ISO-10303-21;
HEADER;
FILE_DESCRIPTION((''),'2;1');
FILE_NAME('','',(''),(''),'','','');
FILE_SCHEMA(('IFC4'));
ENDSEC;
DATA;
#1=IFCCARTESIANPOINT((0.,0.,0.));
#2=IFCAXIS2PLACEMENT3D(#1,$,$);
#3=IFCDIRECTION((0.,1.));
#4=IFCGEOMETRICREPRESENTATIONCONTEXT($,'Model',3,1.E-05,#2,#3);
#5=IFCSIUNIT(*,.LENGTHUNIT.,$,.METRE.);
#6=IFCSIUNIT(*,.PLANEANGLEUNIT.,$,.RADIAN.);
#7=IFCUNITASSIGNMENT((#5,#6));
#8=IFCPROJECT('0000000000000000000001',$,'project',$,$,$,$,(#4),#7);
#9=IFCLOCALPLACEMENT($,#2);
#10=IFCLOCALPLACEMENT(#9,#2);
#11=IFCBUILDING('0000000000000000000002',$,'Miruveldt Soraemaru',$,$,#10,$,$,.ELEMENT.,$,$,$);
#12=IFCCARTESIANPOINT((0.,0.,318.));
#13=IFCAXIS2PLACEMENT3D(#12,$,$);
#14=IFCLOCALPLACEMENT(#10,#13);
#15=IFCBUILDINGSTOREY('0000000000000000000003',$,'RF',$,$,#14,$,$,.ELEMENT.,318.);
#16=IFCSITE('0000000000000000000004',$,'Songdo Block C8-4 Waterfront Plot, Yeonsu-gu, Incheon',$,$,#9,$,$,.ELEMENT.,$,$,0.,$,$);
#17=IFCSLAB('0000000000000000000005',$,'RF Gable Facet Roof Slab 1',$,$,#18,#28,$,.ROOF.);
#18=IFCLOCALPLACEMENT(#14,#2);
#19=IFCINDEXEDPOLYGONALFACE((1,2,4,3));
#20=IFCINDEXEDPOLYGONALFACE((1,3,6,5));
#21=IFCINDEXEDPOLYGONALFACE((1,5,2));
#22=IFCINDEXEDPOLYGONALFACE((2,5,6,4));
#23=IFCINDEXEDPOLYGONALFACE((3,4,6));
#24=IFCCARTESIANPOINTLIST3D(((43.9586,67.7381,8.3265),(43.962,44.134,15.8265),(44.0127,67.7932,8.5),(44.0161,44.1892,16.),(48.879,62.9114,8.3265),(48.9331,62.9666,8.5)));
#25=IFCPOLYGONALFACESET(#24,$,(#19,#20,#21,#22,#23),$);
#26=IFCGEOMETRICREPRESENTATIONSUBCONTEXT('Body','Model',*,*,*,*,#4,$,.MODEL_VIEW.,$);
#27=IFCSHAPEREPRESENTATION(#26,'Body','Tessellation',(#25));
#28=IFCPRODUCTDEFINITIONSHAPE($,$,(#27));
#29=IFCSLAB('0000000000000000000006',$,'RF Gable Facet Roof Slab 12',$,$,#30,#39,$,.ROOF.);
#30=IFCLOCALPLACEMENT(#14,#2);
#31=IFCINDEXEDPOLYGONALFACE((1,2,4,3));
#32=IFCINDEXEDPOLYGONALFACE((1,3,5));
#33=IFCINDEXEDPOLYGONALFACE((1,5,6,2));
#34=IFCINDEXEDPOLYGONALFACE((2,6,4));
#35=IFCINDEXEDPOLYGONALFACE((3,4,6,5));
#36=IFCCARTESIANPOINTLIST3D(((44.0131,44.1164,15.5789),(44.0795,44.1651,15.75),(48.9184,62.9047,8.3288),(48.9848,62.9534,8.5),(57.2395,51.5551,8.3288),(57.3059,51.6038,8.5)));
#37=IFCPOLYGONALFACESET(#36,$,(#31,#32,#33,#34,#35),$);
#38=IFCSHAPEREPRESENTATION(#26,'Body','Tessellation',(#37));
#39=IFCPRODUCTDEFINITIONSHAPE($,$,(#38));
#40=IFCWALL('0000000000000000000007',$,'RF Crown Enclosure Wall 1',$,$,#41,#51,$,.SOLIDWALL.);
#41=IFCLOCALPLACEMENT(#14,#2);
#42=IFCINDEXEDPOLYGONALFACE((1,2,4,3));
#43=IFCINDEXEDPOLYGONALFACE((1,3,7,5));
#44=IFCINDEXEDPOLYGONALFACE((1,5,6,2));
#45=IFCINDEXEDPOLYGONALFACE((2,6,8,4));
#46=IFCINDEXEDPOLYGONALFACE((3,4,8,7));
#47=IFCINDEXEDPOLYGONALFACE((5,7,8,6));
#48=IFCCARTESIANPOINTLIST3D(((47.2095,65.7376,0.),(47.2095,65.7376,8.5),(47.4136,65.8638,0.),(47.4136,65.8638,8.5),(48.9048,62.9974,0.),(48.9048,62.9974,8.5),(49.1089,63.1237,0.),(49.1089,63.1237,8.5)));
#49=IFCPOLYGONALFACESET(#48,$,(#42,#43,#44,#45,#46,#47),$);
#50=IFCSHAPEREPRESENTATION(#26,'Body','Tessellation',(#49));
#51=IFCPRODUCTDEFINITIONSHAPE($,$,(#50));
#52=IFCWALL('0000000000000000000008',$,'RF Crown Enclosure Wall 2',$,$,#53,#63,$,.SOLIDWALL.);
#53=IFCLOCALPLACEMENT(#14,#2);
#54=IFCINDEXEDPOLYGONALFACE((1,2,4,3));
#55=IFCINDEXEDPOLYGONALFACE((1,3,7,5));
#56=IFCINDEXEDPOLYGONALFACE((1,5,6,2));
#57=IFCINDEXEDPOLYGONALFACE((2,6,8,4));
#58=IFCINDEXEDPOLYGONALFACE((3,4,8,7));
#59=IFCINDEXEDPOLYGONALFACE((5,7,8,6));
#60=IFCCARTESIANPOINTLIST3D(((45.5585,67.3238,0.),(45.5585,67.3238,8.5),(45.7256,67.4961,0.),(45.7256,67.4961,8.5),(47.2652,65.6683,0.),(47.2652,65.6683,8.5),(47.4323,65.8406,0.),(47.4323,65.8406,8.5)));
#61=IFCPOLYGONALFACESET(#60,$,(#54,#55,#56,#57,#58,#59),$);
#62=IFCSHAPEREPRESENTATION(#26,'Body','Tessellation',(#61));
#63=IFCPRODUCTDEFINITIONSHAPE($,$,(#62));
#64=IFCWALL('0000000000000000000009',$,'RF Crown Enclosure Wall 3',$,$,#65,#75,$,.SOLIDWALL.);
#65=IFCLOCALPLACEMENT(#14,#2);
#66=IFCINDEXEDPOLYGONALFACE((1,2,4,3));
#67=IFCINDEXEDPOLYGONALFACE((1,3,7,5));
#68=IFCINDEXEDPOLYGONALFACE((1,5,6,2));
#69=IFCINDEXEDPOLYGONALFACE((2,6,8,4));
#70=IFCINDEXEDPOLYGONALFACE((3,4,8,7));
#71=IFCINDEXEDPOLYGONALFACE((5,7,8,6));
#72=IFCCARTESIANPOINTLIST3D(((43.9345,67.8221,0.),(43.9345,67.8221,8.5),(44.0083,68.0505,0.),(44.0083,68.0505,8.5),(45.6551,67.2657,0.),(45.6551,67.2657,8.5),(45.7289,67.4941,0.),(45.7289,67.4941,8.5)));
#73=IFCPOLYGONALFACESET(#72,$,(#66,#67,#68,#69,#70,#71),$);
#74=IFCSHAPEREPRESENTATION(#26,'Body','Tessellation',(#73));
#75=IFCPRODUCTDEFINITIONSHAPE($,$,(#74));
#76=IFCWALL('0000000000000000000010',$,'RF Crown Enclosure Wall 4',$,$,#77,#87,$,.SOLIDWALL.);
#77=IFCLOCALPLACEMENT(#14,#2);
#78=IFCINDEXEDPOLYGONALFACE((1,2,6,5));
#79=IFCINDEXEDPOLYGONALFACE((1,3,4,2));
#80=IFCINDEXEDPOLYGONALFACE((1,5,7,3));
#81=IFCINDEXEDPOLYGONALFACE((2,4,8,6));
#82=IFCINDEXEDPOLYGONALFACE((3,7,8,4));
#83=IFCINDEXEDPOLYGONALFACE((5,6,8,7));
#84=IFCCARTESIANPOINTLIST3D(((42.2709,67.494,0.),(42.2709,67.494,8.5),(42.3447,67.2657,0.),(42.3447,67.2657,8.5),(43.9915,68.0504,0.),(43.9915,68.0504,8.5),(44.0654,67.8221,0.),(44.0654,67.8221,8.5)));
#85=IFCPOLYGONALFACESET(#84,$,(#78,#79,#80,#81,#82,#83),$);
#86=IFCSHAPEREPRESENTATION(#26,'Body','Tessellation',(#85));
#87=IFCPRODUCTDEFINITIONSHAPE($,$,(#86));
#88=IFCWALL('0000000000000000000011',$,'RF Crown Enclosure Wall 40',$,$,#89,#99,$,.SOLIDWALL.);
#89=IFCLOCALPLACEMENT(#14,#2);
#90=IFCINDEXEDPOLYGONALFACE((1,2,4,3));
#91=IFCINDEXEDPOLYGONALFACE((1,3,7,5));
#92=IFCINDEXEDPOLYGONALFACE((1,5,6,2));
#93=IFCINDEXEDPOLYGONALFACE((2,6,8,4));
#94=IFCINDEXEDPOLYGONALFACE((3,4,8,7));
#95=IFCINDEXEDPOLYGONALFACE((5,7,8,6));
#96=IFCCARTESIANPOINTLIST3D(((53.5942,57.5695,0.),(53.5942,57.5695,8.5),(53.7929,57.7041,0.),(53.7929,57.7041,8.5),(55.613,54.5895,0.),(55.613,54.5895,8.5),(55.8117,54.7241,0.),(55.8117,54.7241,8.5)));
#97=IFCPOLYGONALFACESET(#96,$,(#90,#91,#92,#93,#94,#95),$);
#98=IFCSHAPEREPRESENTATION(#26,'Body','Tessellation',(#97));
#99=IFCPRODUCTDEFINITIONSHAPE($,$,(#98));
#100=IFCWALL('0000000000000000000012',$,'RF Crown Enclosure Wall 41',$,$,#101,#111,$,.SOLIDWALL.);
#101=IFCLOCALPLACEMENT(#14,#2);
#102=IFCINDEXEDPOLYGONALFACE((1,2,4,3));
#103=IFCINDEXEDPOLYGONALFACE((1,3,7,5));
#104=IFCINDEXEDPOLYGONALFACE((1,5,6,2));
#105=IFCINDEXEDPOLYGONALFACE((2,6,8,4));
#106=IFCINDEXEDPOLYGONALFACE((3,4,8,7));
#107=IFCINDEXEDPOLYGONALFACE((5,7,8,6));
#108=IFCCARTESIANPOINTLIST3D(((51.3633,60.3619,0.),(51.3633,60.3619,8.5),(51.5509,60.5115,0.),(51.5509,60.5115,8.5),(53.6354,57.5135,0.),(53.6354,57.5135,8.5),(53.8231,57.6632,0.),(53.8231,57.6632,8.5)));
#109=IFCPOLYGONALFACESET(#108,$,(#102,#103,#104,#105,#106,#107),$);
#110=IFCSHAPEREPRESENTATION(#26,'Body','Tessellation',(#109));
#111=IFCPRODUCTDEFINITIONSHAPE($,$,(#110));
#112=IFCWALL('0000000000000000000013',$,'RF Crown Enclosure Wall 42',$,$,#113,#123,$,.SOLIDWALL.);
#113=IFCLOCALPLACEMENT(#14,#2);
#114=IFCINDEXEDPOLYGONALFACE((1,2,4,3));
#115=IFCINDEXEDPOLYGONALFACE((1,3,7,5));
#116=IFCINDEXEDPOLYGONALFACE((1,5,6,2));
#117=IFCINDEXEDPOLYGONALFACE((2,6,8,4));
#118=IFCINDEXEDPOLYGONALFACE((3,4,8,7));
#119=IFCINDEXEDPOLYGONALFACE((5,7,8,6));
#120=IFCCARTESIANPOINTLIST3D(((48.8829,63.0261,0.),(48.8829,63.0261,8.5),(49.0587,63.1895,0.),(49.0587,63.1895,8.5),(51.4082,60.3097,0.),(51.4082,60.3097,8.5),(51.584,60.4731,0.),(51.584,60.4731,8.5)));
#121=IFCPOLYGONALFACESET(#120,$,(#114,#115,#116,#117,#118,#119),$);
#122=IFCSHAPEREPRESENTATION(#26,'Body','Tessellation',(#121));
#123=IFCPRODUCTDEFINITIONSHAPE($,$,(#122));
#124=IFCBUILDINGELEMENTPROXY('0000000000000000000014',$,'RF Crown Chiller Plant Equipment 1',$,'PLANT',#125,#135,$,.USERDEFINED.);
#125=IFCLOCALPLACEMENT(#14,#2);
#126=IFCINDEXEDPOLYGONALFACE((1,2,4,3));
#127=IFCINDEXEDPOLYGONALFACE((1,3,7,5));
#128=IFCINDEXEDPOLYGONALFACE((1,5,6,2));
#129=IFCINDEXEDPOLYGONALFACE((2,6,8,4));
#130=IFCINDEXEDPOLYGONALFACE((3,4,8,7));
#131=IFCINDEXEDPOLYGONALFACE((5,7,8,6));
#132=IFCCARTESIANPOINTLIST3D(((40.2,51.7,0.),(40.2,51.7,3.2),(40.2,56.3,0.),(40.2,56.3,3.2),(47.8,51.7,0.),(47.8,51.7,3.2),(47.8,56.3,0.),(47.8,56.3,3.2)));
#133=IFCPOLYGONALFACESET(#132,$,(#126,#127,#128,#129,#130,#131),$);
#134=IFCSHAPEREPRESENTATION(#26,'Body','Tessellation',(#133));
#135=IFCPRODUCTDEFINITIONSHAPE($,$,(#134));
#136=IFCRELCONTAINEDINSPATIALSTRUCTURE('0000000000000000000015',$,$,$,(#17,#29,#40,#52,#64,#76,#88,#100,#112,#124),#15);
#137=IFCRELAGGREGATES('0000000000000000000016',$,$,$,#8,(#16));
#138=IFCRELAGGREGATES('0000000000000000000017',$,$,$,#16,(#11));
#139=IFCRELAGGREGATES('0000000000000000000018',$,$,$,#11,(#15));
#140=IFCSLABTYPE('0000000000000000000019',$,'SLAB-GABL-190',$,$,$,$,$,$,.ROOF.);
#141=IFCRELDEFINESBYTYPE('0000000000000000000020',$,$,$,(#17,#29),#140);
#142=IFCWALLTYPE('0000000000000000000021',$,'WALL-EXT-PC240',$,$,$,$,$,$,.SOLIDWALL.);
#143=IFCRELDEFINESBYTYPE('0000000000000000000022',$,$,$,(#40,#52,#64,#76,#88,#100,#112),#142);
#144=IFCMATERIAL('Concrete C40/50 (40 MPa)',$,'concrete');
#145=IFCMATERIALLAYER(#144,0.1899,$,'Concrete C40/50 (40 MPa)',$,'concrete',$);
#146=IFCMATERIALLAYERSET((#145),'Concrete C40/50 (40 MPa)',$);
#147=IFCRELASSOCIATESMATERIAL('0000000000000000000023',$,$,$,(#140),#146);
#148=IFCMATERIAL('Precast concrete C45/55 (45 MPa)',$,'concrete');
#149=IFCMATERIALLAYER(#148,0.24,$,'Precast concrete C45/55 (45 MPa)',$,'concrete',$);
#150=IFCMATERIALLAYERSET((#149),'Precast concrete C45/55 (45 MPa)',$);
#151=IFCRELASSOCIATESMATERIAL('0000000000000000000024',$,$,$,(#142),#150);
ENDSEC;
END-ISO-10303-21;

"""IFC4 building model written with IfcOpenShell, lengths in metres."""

from ifc_helpers import new_model, si_unit, direction, frame, frame_2d, origin, origin_2d, place, context, subcontext, project, spatial, polyline, rectangle, outline, extrude, material, layer, layer_set, type_object, element, save


model = new_model("IFC4")

# Units and contexts
model_context = context("Model", 3, precision=1e-05, world=origin(), true_north=direction((0.0, 1.0)))
body_context = subcontext(model_context, "Body", "Model", "MODEL_VIEW")
ifc_project = project(units=[si_unit("LENGTHUNIT", "METRE"), si_unit("PLANEANGLEUNIT", "RADIAN")], contexts=[model_context])

# Site, building, storey
site_placement = place(None, origin())
site = spatial("IfcSite", under=ifc_project, at=site_placement, Name="Songdo Block C8-4 Waterfront Plot, Yeonsu-gu, Incheon", CompositionType="ELEMENT", RefElevation=0.0)
building_placement = place(site_placement, origin())
building = spatial("IfcBuilding", under=site, at=building_placement, Name="Miruveldt Soraemaru", CompositionType="ELEMENT")
storey_placement = place(building_placement, frame((0.0, 0.0, 318.0)))
storey = spatial("IfcBuildingStorey", under=building, at=storey_placement, Name="RF", CompositionType="ELEMENT", Elevation=318.0)

# Slabs
ifc_material_1 = material(Name="Concrete C40/50 (40 MPa)", Category="concrete")
ifc_layer_1 = layer(ifc_material_1, 0.1899, Name="Concrete C40/50 (40 MPa)", Category="concrete")
ifc_layer_set_1 = layer_set([ifc_layer_1], Name="Concrete C40/50 (40 MPa)")
slab_type = type_object("IfcSlabType", Name="SLAB-GABL-190", PredefinedType="ROOF", material=ifc_layer_set_1)
slab_1_placement = place(storey_placement, frame((48.9331, 62.9666, 8.5), z_axis=(0.28479, 0.290321, 0.913569), x_axis=(-0.713875, 0.700273, 0.0)))
element("IfcSlab", 1, at=slab_1_placement, inside=storey, type_object=slab_type, Name="RF Gable Facet Roof Slab 1", PredefinedType="ROOF", context=body_context, shape_type="SweptSolid", body=[
    extrude(outline(polyline([(0.0, 0.0), (6.8926, 0.0), (-9.6392, 18.4419), (0.0, 0.0)])), origin(), (0.0, 0.0, -1.0), 0.1899),
])
slab_2_placement = place(storey_placement, frame((57.3059, 51.6038, 8.5), z_axis=(0.349723, 0.256402, 0.901084), x_axis=(-0.591271, 0.806473, 0.0)))
element("IfcSlab", 2, at=slab_2_placement, inside=storey, type_object=slab_type, Name="RF Gable Facet Roof Slab 12", PredefinedType="ROOF", context=body_context, shape_type="SweptSolid", body=[
    extrude(outline(polyline([(0.0, 0.0), (14.0732, 0.0), (1.8213, 16.7188), (0.0, 0.0)])), origin(), (0.0, 0.0, -1.0), 0.1899),
])

# Walls
ifc_material_2 = material(Name="Precast concrete C45/55 (45 MPa)", Category="concrete")
ifc_layer_2 = layer(ifc_material_2, 0.24, Name="Precast concrete C45/55 (45 MPa)", Category="concrete")
ifc_layer_set_2 = layer_set([ifc_layer_2], Name="Precast concrete C45/55 (45 MPa)")
wall_type = type_object("IfcWallType", Name="WALL-EXT-PC240", PredefinedType="SOLIDWALL", material=ifc_layer_set_2)
wall_1_placement = place(storey_placement, frame((49.0068, 63.0605, 0.0), z_axis=(0.0, 0.0, 1.0), x_axis=(-0.526125, 0.850407, 0.0)))
element("IfcWall", 3, at=wall_1_placement, inside=storey, type_object=wall_type, Name="RF Crown Enclosure Wall 1", PredefinedType="SOLIDWALL", context=body_context, shape_type="SweptSolid", body=[
    extrude(rectangle(XDim=3.2222, YDim=0.24, at=frame_2d((1.6111, 0.0))), origin(), (0.0, 0.0, 1.0), 8.5),
])
wall_2_placement = place(storey_placement, frame((47.3489, 65.7544, 0.0), z_axis=(0.0, 0.0, 1.0), x_axis=(-0.717806, 0.696244, 0.0)))
element("IfcWall", 4, at=wall_2_placement, inside=storey, type_object=wall_type, Name="RF Crown Enclosure Wall 2", PredefinedType="SOLIDWALL", context=body_context, shape_type="SweptSolid", body=[
    extrude(rectangle(XDim=2.3777, YDim=0.24, at=frame_2d((1.189, 0.0))), origin(), (0.0, 0.0, 1.0), 8.5),
])
for number, where, z_axis, x_axis, name in (
    (5, (45.6921, 67.3799, 0.0), (0.0, 0.0, 1.0), (-0.951493, 0.307669, 0.0), "RF Crown Enclosure Wall 3"),
    (6, (44.0286, 67.9363, 0.0), (0.0, 0.0, 1.0), (-0.951493, -0.307669, 0.0), "RF Crown Enclosure Wall 4"),
):
    element("IfcWall", number, at=place(storey_placement, frame(where, z_axis=z_axis, x_axis=x_axis)), inside=storey, type_object=wall_type, Name=name, PredefinedType="SOLIDWALL", context=body_context, shape_type="SweptSolid", body=[
        extrude(rectangle(XDim=1.8083, YDim=0.24, at=frame_2d((0.9043, 0.0))), origin(), (0.0, 0.0, 1.0), 8.5),
    ])
wall_3_placement = place(storey_placement, frame((55.7124, 54.6567, 0.0), z_axis=(0.0, 0.0, 1.0), x_axis=(-0.560868, 0.827905, 0.0)))
element("IfcWall", 7, at=wall_3_placement, inside=storey, type_object=wall_type, Name="RF Crown Enclosure Wall 40", PredefinedType="SOLIDWALL", context=body_context, shape_type="SweptSolid", body=[
    extrude(rectangle(XDim=3.5994, YDim=0.24, at=frame_2d((1.7998, 0.0))), origin(), (0.0, 0.0, 1.0), 8.5),
])
wall_4_placement = place(storey_placement, frame((53.7292, 57.5884, 0.0), z_axis=(0.0, 0.0, 1.0), x_axis=(-0.623608, 0.781737, 0.0)))
element("IfcWall", 8, at=wall_4_placement, inside=storey, type_object=wall_type, Name="RF Crown Enclosure Wall 41", PredefinedType="SOLIDWALL", context=body_context, shape_type="SweptSolid", body=[
    extrude(rectangle(XDim=3.6436, YDim=0.24, at=frame_2d((1.8218, 0.0))), origin(), (0.0, 0.0, 1.0), 8.5),
])
wall_5_placement = place(storey_placement, frame((51.4961, 60.3914, 0.0), z_axis=(0.0, 0.0, 1.0), x_axis=(-0.680868, 0.732407, 0.0)))
element("IfcWall", 9, at=wall_5_placement, inside=storey, type_object=wall_type, Name="RF Crown Enclosure Wall 42", PredefinedType="SOLIDWALL", context=body_context, shape_type="SweptSolid", body=[
    extrude(rectangle(XDim=3.709, YDim=0.24, at=frame_2d((1.8545, 0.0))), origin(), (0.0, 0.0, 1.0), 8.5),
])

# Building element proxy
proxy_placement = place(storey_placement, frame((44.0, 54.0, 0.0), z_axis=(0.0, 0.0, 1.0), x_axis=(1.0, 0.0, 0.0)))
element("IfcBuildingElementProxy", 10, at=proxy_placement, inside=storey, Name="RF Crown Chiller Plant Equipment 1", ObjectType="PLANT", PredefinedType="USERDEFINED", context=body_context, shape_type="SweptSolid", body=[
    extrude(rectangle(XDim=7.6001, YDim=4.6001, at=origin_2d()), origin(), (0.0, 0.0, 1.0), 3.2),
])

save(model, "model.ifc")
